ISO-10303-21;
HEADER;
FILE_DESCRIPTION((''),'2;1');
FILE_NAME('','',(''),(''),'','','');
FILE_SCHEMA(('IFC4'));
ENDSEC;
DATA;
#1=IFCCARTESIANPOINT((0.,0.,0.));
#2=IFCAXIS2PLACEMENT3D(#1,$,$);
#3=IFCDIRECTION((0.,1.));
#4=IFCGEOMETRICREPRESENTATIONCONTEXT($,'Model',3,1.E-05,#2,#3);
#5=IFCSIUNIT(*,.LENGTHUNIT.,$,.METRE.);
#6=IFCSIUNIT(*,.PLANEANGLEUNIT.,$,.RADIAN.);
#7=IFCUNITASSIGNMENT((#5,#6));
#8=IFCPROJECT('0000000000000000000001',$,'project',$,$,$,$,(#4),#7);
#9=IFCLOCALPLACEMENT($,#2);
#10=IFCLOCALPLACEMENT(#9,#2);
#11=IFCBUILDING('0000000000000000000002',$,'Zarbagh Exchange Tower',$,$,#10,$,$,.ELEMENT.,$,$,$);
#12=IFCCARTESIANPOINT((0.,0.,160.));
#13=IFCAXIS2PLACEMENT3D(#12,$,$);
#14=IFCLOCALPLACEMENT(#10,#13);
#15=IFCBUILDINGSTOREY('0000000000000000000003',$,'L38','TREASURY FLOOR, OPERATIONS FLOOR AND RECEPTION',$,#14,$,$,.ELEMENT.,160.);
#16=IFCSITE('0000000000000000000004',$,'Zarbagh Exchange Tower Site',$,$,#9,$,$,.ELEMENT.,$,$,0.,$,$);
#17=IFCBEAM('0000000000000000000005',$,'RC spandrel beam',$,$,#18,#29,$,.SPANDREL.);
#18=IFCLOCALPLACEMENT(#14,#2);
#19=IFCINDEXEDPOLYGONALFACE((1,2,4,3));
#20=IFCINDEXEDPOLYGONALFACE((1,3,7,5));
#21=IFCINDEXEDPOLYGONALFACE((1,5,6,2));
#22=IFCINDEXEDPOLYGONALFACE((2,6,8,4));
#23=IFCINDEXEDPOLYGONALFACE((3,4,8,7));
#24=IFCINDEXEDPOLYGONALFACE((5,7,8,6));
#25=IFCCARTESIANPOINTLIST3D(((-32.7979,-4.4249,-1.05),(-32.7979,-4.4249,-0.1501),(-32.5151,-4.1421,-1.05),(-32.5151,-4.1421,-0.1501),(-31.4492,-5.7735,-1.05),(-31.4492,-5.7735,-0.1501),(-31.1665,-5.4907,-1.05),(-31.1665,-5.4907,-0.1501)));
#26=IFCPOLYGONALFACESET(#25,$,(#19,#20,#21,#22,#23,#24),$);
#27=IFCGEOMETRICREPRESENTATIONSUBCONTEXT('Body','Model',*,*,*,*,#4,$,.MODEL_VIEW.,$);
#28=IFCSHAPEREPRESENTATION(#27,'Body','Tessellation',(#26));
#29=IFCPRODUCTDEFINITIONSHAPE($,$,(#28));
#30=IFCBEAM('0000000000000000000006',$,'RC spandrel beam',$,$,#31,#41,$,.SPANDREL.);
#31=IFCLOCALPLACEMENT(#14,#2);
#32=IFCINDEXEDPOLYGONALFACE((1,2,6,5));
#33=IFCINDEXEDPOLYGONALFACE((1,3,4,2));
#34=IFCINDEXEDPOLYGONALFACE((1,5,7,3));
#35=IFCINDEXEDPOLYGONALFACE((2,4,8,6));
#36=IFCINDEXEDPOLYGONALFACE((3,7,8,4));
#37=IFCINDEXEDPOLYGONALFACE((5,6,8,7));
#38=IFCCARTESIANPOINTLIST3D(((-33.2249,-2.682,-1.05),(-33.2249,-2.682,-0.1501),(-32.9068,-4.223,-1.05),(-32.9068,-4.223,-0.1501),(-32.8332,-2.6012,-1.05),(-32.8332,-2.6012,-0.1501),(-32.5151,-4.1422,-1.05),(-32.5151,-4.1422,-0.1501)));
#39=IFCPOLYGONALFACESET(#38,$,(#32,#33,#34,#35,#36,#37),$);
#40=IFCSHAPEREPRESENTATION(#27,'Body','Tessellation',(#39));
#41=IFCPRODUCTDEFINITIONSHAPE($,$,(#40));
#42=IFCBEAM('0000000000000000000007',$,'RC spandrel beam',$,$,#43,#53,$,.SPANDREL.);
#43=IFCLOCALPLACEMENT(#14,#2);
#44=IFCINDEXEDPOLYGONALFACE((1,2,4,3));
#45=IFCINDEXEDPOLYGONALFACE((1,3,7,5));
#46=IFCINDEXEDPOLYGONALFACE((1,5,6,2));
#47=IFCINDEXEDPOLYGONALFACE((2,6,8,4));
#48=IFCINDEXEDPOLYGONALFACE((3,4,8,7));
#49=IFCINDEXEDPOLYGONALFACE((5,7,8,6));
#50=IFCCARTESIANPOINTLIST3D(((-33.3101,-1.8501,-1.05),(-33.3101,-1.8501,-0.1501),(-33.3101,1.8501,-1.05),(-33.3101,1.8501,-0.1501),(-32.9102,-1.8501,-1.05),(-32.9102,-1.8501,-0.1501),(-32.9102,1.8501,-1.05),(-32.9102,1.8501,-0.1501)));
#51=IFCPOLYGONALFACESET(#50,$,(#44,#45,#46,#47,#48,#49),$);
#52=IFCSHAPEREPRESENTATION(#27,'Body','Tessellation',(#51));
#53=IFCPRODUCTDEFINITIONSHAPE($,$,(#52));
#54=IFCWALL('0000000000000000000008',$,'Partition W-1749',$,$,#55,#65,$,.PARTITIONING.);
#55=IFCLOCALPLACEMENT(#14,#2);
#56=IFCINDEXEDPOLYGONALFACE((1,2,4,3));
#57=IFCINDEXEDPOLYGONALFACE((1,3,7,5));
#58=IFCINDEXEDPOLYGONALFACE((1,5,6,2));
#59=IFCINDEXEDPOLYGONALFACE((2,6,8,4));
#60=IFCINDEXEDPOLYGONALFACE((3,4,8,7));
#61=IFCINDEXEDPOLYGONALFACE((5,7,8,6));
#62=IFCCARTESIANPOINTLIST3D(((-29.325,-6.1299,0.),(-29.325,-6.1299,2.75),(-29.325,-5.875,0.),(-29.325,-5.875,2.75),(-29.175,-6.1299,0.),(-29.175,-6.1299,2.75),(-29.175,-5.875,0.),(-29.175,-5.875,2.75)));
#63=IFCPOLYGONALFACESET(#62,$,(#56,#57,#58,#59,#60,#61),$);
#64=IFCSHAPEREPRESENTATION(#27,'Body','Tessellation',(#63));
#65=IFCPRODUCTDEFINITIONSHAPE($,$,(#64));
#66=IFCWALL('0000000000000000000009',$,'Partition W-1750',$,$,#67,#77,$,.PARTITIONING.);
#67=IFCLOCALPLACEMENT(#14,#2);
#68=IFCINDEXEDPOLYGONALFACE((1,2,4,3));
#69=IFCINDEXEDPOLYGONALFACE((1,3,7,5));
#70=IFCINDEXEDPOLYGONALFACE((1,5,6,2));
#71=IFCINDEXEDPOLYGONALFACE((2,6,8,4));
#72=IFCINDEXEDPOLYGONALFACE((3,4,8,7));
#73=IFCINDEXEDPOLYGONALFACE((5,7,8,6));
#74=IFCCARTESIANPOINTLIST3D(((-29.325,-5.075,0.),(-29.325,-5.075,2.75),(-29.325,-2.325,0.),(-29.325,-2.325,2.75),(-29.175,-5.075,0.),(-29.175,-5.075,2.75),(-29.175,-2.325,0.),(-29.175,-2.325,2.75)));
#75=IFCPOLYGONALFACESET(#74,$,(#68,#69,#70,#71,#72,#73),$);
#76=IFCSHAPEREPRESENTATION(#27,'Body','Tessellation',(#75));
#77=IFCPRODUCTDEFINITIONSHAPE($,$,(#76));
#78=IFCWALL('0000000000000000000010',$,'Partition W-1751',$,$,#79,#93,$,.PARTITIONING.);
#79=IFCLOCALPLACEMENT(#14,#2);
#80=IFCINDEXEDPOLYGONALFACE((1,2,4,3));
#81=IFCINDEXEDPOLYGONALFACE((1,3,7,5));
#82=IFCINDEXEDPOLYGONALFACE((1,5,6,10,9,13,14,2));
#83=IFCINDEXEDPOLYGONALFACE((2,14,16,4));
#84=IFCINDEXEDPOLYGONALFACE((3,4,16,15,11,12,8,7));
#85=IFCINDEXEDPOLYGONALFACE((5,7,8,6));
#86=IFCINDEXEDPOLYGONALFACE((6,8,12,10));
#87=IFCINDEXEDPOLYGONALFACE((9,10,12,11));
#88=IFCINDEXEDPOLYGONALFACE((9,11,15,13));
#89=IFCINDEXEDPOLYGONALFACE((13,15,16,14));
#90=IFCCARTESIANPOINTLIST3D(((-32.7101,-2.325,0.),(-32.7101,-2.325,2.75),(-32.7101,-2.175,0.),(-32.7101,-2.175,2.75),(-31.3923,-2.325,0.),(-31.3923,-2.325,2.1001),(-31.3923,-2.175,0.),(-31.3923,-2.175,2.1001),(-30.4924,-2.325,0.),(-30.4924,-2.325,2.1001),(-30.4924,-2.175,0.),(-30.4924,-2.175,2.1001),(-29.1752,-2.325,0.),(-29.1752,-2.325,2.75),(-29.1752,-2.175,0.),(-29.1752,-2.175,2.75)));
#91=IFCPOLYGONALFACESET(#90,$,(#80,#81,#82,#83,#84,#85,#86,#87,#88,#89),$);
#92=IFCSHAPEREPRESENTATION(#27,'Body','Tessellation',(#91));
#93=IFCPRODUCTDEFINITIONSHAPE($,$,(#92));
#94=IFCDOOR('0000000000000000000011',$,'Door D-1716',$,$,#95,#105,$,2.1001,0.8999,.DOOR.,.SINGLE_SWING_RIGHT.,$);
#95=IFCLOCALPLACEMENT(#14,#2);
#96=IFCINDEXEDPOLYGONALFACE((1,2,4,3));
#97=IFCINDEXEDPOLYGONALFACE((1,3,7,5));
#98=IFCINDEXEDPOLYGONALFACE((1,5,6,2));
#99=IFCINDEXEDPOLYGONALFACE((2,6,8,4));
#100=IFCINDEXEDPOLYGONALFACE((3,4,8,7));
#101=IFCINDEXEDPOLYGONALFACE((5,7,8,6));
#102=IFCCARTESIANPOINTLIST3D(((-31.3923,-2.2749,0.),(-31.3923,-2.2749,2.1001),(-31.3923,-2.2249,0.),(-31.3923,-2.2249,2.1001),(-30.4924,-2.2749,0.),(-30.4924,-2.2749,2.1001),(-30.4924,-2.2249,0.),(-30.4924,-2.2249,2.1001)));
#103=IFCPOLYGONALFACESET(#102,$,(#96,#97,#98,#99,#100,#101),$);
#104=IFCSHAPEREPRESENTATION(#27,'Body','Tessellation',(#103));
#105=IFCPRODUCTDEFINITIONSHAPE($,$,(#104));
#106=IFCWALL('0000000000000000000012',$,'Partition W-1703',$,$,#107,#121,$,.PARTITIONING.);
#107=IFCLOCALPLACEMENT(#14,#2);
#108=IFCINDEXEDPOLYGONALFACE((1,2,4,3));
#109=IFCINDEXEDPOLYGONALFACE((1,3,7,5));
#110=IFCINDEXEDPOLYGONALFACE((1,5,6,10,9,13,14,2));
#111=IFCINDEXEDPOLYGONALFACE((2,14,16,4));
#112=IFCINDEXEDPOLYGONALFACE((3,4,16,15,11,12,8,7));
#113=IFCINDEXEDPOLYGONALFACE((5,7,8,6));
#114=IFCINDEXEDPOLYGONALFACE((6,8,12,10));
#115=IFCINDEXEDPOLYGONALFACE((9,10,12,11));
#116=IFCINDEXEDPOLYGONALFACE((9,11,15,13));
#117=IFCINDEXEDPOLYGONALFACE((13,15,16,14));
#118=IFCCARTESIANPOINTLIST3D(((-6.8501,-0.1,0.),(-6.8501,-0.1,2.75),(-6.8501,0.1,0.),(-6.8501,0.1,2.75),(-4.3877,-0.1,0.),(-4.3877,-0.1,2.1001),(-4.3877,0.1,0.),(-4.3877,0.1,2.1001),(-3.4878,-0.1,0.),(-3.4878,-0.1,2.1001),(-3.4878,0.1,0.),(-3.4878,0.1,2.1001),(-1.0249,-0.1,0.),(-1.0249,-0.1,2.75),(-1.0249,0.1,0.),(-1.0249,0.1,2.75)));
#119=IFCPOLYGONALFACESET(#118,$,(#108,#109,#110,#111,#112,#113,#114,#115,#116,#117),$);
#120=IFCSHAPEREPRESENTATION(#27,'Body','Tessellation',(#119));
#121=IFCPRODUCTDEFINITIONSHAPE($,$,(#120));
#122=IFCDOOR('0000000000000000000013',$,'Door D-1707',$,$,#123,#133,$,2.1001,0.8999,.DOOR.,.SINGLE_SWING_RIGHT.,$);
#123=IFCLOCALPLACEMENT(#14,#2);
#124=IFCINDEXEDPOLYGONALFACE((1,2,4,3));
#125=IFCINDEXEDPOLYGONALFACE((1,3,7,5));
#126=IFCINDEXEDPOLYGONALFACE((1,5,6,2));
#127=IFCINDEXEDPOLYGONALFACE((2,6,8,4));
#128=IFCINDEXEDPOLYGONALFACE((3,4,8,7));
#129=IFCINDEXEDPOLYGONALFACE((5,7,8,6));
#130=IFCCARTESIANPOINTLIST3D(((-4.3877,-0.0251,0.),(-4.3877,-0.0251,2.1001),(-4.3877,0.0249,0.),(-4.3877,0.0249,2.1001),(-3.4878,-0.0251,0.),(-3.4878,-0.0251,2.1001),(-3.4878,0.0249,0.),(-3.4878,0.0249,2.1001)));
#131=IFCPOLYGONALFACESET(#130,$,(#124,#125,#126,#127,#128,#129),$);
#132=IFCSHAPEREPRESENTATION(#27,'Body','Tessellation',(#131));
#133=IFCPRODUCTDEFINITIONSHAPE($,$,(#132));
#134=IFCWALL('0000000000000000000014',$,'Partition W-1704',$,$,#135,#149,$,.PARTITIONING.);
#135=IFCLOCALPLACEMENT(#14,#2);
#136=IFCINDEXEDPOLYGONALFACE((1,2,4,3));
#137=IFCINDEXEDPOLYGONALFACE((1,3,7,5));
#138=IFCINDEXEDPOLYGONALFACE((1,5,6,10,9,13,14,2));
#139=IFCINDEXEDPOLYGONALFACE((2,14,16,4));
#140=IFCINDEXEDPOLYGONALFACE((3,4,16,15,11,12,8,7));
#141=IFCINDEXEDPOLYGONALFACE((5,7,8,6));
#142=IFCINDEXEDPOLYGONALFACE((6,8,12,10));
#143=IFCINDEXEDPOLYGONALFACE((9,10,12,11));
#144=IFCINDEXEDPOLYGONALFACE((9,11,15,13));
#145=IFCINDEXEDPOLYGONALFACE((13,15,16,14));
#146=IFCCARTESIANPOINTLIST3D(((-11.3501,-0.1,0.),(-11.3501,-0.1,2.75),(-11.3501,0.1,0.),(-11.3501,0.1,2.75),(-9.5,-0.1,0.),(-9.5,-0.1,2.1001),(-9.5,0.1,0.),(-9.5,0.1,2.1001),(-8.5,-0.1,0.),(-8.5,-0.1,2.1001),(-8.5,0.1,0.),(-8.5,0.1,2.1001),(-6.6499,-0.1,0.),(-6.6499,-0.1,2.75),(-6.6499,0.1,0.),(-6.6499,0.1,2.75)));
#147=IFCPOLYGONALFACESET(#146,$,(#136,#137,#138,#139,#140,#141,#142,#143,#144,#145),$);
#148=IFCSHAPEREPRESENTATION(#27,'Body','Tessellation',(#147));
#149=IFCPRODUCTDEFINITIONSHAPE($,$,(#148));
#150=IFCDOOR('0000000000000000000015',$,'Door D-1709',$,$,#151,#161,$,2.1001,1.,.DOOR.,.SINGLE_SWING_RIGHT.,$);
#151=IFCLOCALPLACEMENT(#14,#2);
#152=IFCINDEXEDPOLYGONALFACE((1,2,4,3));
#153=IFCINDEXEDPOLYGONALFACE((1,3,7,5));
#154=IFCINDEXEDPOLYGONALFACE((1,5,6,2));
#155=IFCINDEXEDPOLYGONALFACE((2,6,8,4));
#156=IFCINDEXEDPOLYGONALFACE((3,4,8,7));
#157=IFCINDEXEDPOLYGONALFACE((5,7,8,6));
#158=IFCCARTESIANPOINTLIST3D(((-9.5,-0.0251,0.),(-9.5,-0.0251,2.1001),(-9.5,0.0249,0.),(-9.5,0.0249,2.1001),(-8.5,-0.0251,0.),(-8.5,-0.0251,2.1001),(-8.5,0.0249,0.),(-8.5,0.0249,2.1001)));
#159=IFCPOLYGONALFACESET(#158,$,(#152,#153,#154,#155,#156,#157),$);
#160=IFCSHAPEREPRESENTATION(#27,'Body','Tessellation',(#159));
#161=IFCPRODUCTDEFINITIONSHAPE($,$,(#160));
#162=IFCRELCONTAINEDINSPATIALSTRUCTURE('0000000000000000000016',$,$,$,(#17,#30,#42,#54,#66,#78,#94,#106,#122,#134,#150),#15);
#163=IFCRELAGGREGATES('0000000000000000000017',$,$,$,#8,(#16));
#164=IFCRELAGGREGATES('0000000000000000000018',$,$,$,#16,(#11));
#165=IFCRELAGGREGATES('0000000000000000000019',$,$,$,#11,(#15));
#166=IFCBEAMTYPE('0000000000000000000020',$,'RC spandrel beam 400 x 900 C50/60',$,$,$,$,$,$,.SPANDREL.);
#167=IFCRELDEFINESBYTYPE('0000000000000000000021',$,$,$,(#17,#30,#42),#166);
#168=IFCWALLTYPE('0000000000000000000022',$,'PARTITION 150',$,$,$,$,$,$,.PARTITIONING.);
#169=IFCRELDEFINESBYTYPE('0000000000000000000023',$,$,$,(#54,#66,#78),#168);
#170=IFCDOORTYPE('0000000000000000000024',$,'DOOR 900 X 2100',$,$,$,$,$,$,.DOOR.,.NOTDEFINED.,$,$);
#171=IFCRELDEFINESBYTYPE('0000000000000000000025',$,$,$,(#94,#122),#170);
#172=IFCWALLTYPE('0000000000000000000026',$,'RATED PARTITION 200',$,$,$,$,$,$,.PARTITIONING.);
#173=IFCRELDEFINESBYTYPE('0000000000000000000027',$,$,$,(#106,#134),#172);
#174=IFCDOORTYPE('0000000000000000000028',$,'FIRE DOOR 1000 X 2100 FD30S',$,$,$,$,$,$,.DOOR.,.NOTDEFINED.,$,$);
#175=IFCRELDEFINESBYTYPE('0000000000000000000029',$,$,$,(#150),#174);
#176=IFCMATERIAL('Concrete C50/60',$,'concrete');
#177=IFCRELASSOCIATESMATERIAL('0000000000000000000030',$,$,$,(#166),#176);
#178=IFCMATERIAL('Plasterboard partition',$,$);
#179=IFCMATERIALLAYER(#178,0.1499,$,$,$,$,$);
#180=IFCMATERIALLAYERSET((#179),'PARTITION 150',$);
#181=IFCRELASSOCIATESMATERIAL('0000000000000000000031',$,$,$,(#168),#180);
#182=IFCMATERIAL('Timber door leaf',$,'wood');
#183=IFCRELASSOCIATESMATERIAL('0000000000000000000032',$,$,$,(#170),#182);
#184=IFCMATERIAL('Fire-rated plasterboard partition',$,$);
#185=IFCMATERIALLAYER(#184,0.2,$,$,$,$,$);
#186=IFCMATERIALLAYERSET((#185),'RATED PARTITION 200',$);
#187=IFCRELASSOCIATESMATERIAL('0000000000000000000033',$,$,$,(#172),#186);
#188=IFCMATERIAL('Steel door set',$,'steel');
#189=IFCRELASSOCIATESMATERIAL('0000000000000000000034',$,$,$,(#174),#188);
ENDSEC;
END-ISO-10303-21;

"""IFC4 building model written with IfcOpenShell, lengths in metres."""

from ifc_helpers import new_model, si_unit, direction, frame, frame_2d, origin, origin_2d, place, context, subcontext, project, spatial, rectangle, extrude, material, layer, layer_set, material_profile, profile_set, type_object, element, fill, save


model = new_model("IFC4")

# Units and contexts
model_context = context("Model", 3, precision=1e-05, world=origin(), true_north=direction((0.0, 1.0)))
body_context = subcontext(model_context, "Body", "Model", "MODEL_VIEW")
ifc_project = project(units=[si_unit("LENGTHUNIT", "METRE"), si_unit("PLANEANGLEUNIT", "RADIAN")], contexts=[model_context])

# Site, building, storey
site_placement = place(None, origin())
site = spatial("IfcSite", under=ifc_project, at=site_placement, Name="Zarbagh Exchange Tower Site", CompositionType="ELEMENT", RefElevation=0.0)
building_placement = place(site_placement, origin())
building = spatial("IfcBuilding", under=site, at=building_placement, Name="Zarbagh Exchange Tower", CompositionType="ELEMENT")
storey_placement = place(building_placement, frame((0.0, 0.0, 160.0)))
storey = spatial("IfcBuildingStorey", under=building, at=storey_placement, Name="L38", Description="TREASURY FLOOR, OPERATIONS FLOOR AND RECEPTION", CompositionType="ELEMENT", Elevation=160.0)

# Shared definitions
ifc_material_1 = material(Name="Concrete C50/60", Category="concrete")

# Beams
ifc_material_profile_1 = material_profile(ifc_material_1, rectangle(XDim=0.3999, YDim=0.8999, at=origin_2d()), Name="RC spandrel beam 400 x 900 C50/60")
ifc_profile_set_1 = profile_set([ifc_material_profile_1], Name="Concrete C50/60")
beam_type_1 = type_object("IfcBeamType", Name="RC spandrel beam 400 x 900 C50/60", PredefinedType="SPANDREL", material=ifc_profile_set_1)
beam_1_placement = place(storey_placement, frame((-31.3079, -5.6321, -0.6001), z_axis=(-0.707107, 0.707107, 0.0), x_axis=(-0.707107, -0.707107, 0.0)))
element("IfcBeam", 1, at=beam_1_placement, inside=storey, type_object=beam_type_1, Name="RC spandrel beam", PredefinedType="SPANDREL", context=body_context, shape_type="SweptSolid", body=[
    extrude(rectangle(XDim=0.3999, YDim=0.8999, at=origin_2d()), origin(), (0.0, 0.0, 1.0), 1.9072),
])
beam_2_placement = place(storey_placement, frame((-32.7109, -4.1826, -0.6001), z_axis=(-0.202169, 0.979351, 0.0), x_axis=(-0.979351, -0.202169, 0.0)))
element("IfcBeam", 2, at=beam_2_placement, inside=storey, type_object=beam_type_1, Name="RC spandrel beam", PredefinedType="SPANDREL", context=body_context, shape_type="SweptSolid", body=[
    extrude(rectangle(XDim=0.3999, YDim=0.8999, at=origin_2d()), origin(), (0.0, 0.0, 1.0), 1.5735),
])
beam_3_placement = place(storey_placement, frame((-33.1101, -1.8501, -0.6001), z_axis=(0.0, 1.0, 0.0), x_axis=(-1.0, 0.0, 0.0)))
element("IfcBeam", 3, at=beam_3_placement, inside=storey, type_object=beam_type_1, Name="RC spandrel beam", PredefinedType="SPANDREL", context=body_context, shape_type="SweptSolid", body=[
    extrude(rectangle(XDim=0.3999, YDim=0.8999, at=origin_2d()), origin(), (0.0, 0.0, 1.0), 3.7002),
])

# Walls
ifc_material_2 = material(Name="Plasterboard partition")
ifc_layer_1 = layer(ifc_material_2, 0.1499)
ifc_layer_set_1 = layer_set([ifc_layer_1], Name="PARTITION 150")
wall_type_1 = type_object("IfcWallType", Name="PARTITION 150", PredefinedType="PARTITIONING", material=ifc_layer_set_1)
wall_1_placement = place(storey_placement, frame((-29.25, -6.1299, 0.0), z_axis=(0.0, 0.0, 1.0), x_axis=(0.0, 1.0, 0.0)))
element("IfcWall", 4, at=wall_1_placement, inside=storey, type_object=wall_type_1, Name="Partition W-1749", PredefinedType="PARTITIONING", context=body_context, shape_type="SweptSolid", body=[
    extrude(rectangle(XDim=0.2549, YDim=0.1499, at=frame_2d((0.1274, 0.0))), origin(), (0.0, 0.0, 1.0), 2.75),
])
wall_2_placement = place(storey_placement, frame((-29.25, -5.075, 0.0), z_axis=(0.0, 0.0, 1.0), x_axis=(0.0, 1.0, 0.0)))
element("IfcWall", 5, at=wall_2_placement, inside=storey, type_object=wall_type_1, Name="Partition W-1750", PredefinedType="PARTITIONING", context=body_context, shape_type="SweptSolid", body=[
    extrude(rectangle(XDim=2.75, YDim=0.1499, at=frame_2d((1.375, 0.0))), origin(), (0.0, 0.0, 1.0), 2.75),
])

# Walls, openings, doors
wall_3_placement = place(storey_placement, frame((-29.175, -2.25, 0.0), z_axis=(0.0, 0.0, 1.0), x_axis=(-1.0, 0.0, 0.0)))
wall_3 = element("IfcWall", 6, at=wall_3_placement, inside=storey, type_object=wall_type_1, Name="Partition W-1751", PredefinedType="PARTITIONING", context=body_context, shape_type="SweptSolid", body=[
    extrude(rectangle(XDim=3.5349, YDim=0.1499, at=frame_2d((1.7676, 0.0))), origin(), (0.0, 0.0, 1.0), 2.75),
])
opening_1_placement = place(wall_3_placement, frame((1.3174, 0.0, 0.0)))
opening_1 = element("IfcOpeningElement", 7, at=opening_1_placement, cuts=wall_3, PredefinedType="OPENING", context=body_context, shape_type="SweptSolid", body=[
    extrude(rectangle(XDim=0.8999, YDim=2.1001, at=frame_2d((0.45, 1.05))), frame((0.0, 0.085, 0.0), z_axis=(0.0, -1.0, 0.0), x_axis=(1.0, 0.0, 0.0)), (0.0, 0.0, 1.0), 0.1699),
])
ifc_material_3 = material(Name="Timber door leaf", Category="wood")
door_type_1 = type_object("IfcDoorType", Name="DOOR 900 X 2100", OperationType="NOTDEFINED", PredefinedType="DOOR", material=ifc_material_3)
door_1_placement = place(opening_1_placement, origin())
door_1 = element("IfcDoor", 8, at=door_1_placement, inside=storey, type_object=door_type_1, Name="Door D-1716", OperationType="SINGLE_SWING_RIGHT", OverallHeight=2.1001, OverallWidth=0.8999, PredefinedType="DOOR", context=body_context, shape_type="SweptSolid", body=[
    extrude(rectangle(XDim=0.8999, YDim=2.1001, at=frame_2d((0.45, 1.05))), frame((0.0, 0.0249, 0.0), z_axis=(0.0, -1.0, 0.0), x_axis=(1.0, 0.0, 0.0)), (0.0, 0.0, 1.0), 0.05),
])
fill(opening_1, door_1)
ifc_material_4 = material(Name="Fire-rated plasterboard partition")
ifc_layer_2 = layer(ifc_material_4, 0.2)
ifc_layer_set_2 = layer_set([ifc_layer_2], Name="RATED PARTITION 200")
wall_type_2 = type_object("IfcWallType", Name="RATED PARTITION 200", PredefinedType="PARTITIONING", material=ifc_layer_set_2)
wall_4_placement = place(storey_placement, frame((-6.8501, 0.0, 0.0), z_axis=(0.0, 0.0, 1.0), x_axis=(1.0, 0.0, 0.0)))
wall_4 = element("IfcWall", 9, at=wall_4_placement, inside=storey, type_object=wall_type_2, Name="Partition W-1703", PredefinedType="PARTITIONING", context=body_context, shape_type="SweptSolid", body=[
    extrude(rectangle(XDim=5.8252, YDim=0.2, at=frame_2d((2.9126, 0.0))), origin(), (0.0, 0.0, 1.0), 2.75),
])
opening_2_placement = place(wall_4_placement, frame((2.4624, 0.0, 0.0)))
opening_2 = element("IfcOpeningElement", 10, at=opening_2_placement, cuts=wall_4, PredefinedType="OPENING", context=body_context, shape_type="SweptSolid", body=[
    extrude(rectangle(XDim=0.8999, YDim=2.1001, at=frame_2d((0.45, 1.05))), frame((0.0, 0.1099, 0.0), z_axis=(0.0, -1.0, 0.0), x_axis=(1.0, 0.0, 0.0)), (0.0, 0.0, 1.0), 0.22),
])
door_2_placement = place(opening_2_placement, origin())
door_2 = element("IfcDoor", 11, at=door_2_placement, inside=storey, type_object=door_type_1, Name="Door D-1707", OperationType="SINGLE_SWING_RIGHT", OverallHeight=2.1001, OverallWidth=0.8999, PredefinedType="DOOR", context=body_context, shape_type="SweptSolid", body=[
    extrude(rectangle(XDim=0.8999, YDim=2.1001, at=frame_2d((0.45, 1.05))), frame((0.0, 0.0249, 0.0), z_axis=(0.0, -1.0, 0.0), x_axis=(1.0, 0.0, 0.0)), (0.0, 0.0, 1.0), 0.05),
])
fill(opening_2, door_2)
wall_5_placement = place(storey_placement, frame((-11.3501, 0.0, 0.0), z_axis=(0.0, 0.0, 1.0), x_axis=(1.0, 0.0, 0.0)))
wall_5 = element("IfcWall", 12, at=wall_5_placement, inside=storey, type_object=wall_type_2, Name="Partition W-1704", PredefinedType="PARTITIONING", context=body_context, shape_type="SweptSolid", body=[
    extrude(rectangle(XDim=4.7002, YDim=0.2, at=frame_2d((2.3501, 0.0))), origin(), (0.0, 0.0, 1.0), 2.75),
])
opening_3_placement = place(wall_5_placement, frame((1.8501, 0.0, 0.0)))
opening_3 = element("IfcOpeningElement", 13, at=opening_3_placement, cuts=wall_5, PredefinedType="OPENING", context=body_context, shape_type="SweptSolid", body=[
    extrude(rectangle(XDim=1.0, YDim=2.1001, at=frame_2d((0.5, 1.05))), frame((0.0, 0.1099, 0.0), z_axis=(0.0, -1.0, 0.0), x_axis=(1.0, 0.0, 0.0)), (0.0, 0.0, 1.0), 0.22),
])
ifc_material_5 = material(Name="Steel door set", Category="steel")
door_type_2 = type_object("IfcDoorType", Name="FIRE DOOR 1000 X 2100 FD30S", OperationType="NOTDEFINED", PredefinedType="DOOR", material=ifc_material_5)
door_3_placement = place(opening_3_placement, origin())
door_3 = element("IfcDoor", 14, at=door_3_placement, inside=storey, type_object=door_type_2, Name="Door D-1709", OperationType="SINGLE_SWING_RIGHT", OverallHeight=2.1001, OverallWidth=1.0, PredefinedType="DOOR", context=body_context, shape_type="SweptSolid", body=[
    extrude(rectangle(XDim=1.0, YDim=2.1001, at=frame_2d((0.5, 1.05))), frame((0.0, 0.0249, 0.0), z_axis=(0.0, -1.0, 0.0), x_axis=(1.0, 0.0, 0.0)), (0.0, 0.0, 1.0), 0.05),
])
fill(opening_3, door_3)

save(model, "model.ifc")
